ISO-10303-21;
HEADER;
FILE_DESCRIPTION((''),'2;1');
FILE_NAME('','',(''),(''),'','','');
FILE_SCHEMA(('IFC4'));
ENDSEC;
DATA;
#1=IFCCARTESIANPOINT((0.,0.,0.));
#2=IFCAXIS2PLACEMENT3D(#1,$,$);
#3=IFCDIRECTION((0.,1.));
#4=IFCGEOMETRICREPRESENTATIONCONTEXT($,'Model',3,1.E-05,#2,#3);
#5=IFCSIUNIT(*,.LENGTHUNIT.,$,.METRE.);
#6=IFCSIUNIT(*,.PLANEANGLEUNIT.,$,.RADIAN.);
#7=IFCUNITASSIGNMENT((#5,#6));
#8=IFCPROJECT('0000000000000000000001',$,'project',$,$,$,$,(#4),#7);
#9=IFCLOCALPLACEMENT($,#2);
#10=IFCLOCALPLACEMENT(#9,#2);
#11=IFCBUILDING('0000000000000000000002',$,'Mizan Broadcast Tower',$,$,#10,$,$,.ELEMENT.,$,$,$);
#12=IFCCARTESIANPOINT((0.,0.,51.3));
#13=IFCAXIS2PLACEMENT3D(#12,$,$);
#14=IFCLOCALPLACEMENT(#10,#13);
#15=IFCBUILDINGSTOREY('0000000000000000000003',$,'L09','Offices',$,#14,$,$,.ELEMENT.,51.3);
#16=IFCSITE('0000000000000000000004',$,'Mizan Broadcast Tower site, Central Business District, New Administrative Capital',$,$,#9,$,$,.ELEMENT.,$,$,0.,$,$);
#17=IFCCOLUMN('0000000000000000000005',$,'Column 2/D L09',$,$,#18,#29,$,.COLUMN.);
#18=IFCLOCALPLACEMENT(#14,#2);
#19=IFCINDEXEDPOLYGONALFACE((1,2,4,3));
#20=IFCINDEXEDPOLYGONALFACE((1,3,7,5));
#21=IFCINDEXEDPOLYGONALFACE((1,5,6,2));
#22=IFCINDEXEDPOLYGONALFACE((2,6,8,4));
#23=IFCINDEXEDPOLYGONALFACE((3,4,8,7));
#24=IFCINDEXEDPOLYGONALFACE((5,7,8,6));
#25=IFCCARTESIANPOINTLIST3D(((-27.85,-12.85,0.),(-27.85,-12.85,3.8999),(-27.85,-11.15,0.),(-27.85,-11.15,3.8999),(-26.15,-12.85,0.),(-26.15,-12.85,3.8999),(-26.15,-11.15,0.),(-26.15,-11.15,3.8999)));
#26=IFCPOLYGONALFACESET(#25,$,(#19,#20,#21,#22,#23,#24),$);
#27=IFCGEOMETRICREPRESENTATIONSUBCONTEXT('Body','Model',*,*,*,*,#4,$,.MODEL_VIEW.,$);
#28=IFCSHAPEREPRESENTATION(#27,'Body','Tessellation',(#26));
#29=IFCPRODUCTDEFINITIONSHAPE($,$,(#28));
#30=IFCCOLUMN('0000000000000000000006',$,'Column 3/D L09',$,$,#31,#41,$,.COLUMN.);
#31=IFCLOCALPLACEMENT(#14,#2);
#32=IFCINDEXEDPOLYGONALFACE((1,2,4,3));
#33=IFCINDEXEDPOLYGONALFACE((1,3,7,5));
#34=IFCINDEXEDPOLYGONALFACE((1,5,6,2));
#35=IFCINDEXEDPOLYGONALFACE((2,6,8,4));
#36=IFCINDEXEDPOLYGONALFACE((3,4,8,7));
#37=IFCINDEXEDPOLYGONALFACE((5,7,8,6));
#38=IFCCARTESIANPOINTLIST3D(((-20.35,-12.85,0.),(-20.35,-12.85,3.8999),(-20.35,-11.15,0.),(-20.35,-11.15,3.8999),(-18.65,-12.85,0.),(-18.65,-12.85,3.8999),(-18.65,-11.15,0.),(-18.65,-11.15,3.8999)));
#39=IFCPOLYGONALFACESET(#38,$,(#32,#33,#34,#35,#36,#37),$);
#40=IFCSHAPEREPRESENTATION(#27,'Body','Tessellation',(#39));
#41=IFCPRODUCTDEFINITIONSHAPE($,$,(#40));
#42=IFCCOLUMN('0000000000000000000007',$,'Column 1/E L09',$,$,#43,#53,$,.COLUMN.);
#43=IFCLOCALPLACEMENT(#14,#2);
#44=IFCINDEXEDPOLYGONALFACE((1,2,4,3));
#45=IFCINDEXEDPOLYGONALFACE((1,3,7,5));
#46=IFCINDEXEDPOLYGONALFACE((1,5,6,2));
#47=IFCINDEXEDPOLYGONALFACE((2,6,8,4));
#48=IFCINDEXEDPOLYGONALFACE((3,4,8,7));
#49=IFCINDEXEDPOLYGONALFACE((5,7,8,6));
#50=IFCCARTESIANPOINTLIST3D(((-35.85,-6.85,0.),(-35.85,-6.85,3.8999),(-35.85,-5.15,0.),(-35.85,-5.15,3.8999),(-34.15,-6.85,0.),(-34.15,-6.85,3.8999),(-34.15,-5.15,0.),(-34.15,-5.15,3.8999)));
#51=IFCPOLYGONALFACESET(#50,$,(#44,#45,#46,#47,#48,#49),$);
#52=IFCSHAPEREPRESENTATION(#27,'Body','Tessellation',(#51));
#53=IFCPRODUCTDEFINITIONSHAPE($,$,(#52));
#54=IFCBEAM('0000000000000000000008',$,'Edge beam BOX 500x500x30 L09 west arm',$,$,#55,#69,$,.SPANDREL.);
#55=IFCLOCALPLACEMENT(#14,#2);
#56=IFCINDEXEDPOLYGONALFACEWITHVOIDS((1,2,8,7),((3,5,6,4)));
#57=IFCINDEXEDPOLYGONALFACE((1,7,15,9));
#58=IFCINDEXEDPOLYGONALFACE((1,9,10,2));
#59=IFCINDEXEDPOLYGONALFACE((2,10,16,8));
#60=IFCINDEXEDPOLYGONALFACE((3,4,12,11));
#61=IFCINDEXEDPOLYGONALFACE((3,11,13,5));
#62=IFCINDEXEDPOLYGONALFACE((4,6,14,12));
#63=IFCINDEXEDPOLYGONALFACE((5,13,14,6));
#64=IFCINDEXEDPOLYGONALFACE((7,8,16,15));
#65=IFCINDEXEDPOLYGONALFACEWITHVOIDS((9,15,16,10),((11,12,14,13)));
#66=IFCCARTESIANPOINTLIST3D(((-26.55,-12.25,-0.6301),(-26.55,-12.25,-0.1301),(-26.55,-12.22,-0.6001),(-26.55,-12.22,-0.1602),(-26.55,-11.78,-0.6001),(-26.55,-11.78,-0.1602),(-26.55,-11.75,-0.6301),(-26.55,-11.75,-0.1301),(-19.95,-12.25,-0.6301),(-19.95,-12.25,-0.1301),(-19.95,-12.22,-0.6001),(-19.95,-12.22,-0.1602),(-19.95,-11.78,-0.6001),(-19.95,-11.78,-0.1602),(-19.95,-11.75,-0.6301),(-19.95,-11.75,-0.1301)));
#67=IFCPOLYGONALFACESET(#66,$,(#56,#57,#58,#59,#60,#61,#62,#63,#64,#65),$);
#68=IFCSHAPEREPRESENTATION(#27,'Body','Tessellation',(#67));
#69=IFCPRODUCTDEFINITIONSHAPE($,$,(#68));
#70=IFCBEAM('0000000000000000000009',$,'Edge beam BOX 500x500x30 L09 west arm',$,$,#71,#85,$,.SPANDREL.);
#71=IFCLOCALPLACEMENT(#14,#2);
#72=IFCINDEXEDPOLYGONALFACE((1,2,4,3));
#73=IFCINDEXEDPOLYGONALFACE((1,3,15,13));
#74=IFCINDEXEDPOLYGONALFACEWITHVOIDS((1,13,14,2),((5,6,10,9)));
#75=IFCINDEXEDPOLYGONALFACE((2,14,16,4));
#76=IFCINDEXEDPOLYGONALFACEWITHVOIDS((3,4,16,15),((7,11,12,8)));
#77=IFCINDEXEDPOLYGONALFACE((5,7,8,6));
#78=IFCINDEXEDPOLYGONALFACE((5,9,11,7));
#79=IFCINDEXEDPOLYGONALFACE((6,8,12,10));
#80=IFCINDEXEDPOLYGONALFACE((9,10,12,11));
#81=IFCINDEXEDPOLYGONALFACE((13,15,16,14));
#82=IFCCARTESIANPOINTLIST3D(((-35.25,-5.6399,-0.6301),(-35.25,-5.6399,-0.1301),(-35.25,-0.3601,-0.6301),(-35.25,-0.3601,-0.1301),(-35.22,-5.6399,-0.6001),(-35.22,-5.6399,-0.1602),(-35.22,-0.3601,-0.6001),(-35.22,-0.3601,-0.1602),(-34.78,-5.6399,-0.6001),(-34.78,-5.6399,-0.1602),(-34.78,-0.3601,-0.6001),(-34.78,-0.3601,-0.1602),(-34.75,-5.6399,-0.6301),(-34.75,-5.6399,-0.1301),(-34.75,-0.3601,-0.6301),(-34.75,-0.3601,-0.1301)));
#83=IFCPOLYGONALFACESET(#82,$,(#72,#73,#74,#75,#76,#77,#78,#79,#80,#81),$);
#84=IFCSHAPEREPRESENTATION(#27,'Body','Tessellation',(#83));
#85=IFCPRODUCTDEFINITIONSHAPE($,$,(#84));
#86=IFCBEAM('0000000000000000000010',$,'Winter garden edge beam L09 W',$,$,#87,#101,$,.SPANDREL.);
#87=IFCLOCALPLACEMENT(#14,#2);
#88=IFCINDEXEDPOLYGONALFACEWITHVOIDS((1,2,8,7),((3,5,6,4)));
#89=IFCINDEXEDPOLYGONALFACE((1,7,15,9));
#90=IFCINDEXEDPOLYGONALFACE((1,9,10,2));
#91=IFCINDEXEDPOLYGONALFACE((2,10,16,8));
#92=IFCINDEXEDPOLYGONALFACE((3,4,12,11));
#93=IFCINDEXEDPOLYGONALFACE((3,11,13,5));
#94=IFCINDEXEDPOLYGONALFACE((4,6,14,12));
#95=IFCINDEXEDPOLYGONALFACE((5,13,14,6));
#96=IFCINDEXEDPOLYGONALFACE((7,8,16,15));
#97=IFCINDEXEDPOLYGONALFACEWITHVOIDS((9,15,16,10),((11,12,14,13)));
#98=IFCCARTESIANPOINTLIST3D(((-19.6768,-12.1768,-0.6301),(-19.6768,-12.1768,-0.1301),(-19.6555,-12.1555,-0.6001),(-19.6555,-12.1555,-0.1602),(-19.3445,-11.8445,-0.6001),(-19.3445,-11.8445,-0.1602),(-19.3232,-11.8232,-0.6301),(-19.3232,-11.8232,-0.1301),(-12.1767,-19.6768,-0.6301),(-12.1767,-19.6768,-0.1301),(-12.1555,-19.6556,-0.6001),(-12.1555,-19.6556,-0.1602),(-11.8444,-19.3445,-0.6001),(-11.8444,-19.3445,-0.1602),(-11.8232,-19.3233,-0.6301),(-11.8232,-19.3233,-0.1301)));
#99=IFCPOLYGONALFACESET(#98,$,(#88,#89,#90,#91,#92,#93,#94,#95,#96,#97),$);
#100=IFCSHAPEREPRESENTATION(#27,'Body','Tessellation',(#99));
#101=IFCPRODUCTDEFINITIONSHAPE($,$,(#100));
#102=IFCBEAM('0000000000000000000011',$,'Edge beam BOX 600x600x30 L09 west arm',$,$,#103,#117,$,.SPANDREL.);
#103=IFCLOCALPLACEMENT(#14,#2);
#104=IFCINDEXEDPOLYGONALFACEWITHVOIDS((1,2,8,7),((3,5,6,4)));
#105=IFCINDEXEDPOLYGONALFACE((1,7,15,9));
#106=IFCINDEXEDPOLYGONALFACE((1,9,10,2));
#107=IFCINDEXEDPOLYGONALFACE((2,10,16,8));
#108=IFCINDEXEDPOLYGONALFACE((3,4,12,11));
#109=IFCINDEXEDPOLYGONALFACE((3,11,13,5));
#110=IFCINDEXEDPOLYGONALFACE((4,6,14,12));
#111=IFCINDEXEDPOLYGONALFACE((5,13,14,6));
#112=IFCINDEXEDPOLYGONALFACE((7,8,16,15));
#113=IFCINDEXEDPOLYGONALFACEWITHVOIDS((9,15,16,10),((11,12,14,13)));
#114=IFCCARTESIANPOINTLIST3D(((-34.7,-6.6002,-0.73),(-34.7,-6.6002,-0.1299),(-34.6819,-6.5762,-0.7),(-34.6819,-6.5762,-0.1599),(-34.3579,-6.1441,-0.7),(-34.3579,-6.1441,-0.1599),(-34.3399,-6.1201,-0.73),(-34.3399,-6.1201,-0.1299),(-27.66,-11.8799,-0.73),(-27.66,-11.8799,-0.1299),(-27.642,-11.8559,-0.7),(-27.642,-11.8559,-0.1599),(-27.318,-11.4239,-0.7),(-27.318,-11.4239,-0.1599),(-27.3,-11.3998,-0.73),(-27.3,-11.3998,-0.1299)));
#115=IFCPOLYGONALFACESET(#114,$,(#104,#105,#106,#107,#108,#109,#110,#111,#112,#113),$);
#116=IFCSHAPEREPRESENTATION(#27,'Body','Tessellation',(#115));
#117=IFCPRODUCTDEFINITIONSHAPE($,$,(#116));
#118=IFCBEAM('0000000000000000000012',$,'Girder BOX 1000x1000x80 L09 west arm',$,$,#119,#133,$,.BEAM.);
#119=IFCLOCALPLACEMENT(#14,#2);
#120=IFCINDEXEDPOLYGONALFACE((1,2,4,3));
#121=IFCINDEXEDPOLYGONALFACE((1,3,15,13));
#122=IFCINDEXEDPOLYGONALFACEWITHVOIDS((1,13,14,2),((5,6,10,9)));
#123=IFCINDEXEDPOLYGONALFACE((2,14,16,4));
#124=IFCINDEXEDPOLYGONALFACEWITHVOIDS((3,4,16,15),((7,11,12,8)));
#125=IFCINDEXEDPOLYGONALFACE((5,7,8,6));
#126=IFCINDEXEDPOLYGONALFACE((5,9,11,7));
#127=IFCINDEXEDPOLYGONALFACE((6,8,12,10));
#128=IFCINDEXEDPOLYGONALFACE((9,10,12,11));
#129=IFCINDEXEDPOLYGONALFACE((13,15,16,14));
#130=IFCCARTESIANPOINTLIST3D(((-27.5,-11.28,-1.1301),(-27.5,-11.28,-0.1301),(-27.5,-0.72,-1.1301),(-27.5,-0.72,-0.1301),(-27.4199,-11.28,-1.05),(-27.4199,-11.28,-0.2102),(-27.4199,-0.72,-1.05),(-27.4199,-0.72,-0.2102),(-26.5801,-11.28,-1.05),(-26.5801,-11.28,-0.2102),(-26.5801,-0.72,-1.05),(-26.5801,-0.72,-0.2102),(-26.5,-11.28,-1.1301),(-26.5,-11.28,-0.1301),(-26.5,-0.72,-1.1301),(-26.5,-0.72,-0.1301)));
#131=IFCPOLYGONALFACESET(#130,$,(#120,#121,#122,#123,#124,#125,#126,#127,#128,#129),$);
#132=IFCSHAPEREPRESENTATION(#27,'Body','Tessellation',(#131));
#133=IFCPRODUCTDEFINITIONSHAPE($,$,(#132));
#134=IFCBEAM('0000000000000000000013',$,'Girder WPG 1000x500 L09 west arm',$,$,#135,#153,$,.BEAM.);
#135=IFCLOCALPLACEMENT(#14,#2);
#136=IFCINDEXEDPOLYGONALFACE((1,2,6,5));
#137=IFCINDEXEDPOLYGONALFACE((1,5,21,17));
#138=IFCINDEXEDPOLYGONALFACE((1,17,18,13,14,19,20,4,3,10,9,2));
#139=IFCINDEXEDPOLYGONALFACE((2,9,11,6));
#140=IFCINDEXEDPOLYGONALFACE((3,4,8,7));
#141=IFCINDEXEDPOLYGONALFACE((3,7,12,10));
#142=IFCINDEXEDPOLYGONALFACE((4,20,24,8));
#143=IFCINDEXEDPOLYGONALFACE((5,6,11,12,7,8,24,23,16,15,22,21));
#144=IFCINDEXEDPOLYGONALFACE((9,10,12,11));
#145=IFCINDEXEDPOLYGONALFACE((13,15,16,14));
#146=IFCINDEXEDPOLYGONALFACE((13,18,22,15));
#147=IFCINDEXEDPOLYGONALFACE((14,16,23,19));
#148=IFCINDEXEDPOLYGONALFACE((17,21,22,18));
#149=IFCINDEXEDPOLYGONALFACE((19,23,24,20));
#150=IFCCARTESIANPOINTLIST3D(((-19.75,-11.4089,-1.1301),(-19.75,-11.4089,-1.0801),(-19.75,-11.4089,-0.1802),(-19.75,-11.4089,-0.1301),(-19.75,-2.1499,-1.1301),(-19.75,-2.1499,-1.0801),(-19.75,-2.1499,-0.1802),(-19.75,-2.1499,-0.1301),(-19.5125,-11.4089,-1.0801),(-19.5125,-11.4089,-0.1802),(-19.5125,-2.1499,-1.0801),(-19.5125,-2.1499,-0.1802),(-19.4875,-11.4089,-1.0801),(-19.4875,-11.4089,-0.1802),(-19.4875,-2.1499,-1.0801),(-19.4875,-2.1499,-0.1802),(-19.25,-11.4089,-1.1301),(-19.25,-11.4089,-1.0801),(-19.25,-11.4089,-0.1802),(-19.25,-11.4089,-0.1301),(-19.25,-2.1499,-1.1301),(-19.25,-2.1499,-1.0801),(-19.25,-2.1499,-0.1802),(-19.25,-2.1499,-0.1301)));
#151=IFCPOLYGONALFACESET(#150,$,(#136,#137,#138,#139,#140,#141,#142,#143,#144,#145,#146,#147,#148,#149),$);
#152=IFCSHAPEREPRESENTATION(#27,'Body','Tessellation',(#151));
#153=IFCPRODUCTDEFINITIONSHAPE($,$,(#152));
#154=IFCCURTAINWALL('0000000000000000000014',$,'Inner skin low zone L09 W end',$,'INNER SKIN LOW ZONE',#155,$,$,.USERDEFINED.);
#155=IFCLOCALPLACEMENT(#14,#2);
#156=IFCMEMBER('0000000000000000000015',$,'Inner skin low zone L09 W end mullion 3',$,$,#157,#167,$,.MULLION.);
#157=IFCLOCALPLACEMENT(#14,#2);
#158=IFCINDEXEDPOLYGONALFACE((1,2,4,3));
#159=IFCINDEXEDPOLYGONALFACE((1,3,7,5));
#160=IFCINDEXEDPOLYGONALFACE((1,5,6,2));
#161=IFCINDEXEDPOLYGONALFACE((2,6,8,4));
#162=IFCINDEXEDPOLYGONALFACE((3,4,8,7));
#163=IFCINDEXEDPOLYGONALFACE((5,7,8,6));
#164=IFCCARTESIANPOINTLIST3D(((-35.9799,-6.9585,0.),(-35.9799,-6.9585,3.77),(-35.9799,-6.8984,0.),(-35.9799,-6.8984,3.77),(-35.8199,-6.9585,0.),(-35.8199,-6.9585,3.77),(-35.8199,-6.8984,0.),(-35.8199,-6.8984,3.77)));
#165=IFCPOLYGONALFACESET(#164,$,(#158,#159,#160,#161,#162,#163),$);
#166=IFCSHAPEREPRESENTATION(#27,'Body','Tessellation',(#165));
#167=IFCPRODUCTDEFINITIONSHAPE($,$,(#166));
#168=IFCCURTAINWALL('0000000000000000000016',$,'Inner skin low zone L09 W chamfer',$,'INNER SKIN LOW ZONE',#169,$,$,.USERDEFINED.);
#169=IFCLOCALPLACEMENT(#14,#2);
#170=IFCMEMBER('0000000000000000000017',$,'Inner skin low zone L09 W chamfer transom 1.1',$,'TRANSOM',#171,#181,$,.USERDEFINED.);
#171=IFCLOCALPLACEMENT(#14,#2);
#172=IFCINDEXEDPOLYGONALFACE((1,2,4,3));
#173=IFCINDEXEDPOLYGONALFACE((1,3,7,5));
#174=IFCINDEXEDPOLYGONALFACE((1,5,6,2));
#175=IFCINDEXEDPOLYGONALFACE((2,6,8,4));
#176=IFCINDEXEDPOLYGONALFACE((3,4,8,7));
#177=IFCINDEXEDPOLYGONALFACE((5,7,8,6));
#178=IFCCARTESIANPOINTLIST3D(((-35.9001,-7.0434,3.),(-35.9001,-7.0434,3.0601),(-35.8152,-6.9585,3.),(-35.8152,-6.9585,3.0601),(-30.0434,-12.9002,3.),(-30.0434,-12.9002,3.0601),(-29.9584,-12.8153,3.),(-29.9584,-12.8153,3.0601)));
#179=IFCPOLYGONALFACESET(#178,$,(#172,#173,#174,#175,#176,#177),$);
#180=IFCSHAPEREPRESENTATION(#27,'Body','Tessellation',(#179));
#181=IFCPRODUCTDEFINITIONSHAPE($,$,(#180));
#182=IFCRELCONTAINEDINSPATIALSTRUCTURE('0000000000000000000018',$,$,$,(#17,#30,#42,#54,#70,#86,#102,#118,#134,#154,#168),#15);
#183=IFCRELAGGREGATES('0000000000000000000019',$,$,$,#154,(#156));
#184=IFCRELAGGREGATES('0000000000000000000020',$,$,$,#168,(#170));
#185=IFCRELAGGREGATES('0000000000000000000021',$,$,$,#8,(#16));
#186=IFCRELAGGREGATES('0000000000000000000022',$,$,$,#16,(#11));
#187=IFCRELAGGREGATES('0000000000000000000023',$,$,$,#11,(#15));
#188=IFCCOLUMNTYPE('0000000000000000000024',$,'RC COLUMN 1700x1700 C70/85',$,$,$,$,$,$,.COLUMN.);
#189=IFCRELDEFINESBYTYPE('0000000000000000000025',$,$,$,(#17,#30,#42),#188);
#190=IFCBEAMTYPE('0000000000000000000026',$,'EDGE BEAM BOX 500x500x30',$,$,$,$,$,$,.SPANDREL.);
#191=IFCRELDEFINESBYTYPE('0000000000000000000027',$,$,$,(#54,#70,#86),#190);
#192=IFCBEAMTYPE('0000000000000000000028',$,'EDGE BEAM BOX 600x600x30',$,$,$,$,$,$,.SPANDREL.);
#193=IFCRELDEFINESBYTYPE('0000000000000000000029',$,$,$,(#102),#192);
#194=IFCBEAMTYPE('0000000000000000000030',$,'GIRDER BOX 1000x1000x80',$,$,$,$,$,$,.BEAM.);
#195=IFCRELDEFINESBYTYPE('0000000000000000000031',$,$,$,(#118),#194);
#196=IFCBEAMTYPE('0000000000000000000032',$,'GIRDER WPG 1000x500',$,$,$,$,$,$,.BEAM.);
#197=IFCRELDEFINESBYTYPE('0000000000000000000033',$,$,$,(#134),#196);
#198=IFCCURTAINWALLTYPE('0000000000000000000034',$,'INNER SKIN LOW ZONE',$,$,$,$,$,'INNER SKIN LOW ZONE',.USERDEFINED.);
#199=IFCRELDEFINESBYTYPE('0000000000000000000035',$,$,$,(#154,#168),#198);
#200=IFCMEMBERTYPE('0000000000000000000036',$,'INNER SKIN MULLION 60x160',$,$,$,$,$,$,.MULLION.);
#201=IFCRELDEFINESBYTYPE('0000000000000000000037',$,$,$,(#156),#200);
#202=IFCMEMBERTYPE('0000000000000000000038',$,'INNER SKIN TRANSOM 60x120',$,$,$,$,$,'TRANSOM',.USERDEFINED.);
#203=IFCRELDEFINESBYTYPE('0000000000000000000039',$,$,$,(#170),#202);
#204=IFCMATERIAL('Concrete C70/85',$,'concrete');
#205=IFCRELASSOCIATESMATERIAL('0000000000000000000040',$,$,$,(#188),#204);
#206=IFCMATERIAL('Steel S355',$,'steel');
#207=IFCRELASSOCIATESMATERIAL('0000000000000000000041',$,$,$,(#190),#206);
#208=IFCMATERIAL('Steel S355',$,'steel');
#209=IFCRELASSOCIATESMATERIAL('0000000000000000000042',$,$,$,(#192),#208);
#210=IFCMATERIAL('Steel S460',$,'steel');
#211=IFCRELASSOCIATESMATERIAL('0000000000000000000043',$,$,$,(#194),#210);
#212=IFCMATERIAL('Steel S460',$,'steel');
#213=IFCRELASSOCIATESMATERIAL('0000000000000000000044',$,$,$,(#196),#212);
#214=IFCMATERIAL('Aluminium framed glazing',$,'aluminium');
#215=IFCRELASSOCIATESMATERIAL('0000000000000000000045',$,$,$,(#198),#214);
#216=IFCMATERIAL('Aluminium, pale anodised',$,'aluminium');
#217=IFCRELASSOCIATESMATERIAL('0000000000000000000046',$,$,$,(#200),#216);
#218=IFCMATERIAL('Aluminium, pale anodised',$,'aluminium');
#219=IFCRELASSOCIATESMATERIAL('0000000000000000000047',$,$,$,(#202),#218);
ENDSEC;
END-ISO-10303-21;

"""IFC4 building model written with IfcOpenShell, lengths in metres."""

from ifc_helpers import new_model, si_unit, direction, frame, origin, origin_2d, place, context, subcontext, project, spatial, rectangle, hollow_rectangle, i_section, extrude, material, material_profile, profile_set, type_object, element, aggregate, save


model = new_model("IFC4")

# Units and contexts
model_context = context("Model", 3, precision=1e-05, world=origin(), true_north=direction((0.0, 1.0)))
body_context = subcontext(model_context, "Body", "Model", "MODEL_VIEW")
ifc_project = project(units=[si_unit("LENGTHUNIT", "METRE"), si_unit("PLANEANGLEUNIT", "RADIAN")], contexts=[model_context])

# Site, building, storey
site_placement = place(None, origin())
site = spatial("IfcSite", under=ifc_project, at=site_placement, Name="Mizan Broadcast Tower site, Central Business District, New Administrative Capital", CompositionType="ELEMENT", RefElevation=0.0)
building_placement = place(site_placement, origin())
building = spatial("IfcBuilding", under=site, at=building_placement, Name="Mizan Broadcast Tower", CompositionType="ELEMENT")
storey_placement = place(building_placement, frame((0.0, 0.0, 51.3)))
storey = spatial("IfcBuildingStorey", under=building, at=storey_placement, Name="L09", Description="Offices", CompositionType="ELEMENT", Elevation=51.3)

# Columns
ifc_material_1 = material(Name="Concrete C70/85", Category="concrete")
ifc_material_profile_1 = material_profile(ifc_material_1, rectangle(XDim=1.7, YDim=1.7, at=origin_2d()), Name="RC 1700x1700")
ifc_profile_set_1 = profile_set([ifc_material_profile_1], Name="Concrete C70/85")
column_type = type_object("IfcColumnType", Name="RC COLUMN 1700x1700 C70/85", PredefinedType="COLUMN", material=ifc_profile_set_1)
for number, where, z_axis, x_axis, name in (
    (1, (-27.0, -12.0, 0.0), (0.0, 0.0, 1.0), (1.0, 0.0, 0.0), "Column 2/D L09"),
    (2, (-19.5, -12.0, 0.0), (0.0, 0.0, 1.0), (1.0, 0.0, 0.0), "Column 3/D L09"),
    (3, (-35.0, -6.0, 0.0), (0.0, 0.0, 1.0), (1.0, 0.0, 0.0), "Column 1/E L09"),
):
    element("IfcColumn", number, at=place(storey_placement, frame(where, z_axis=z_axis, x_axis=x_axis)), inside=storey, type_object=column_type, Name=name, PredefinedType="COLUMN", context=body_context, shape_type="SweptSolid", body=[
        extrude(rectangle(XDim=1.7, YDim=1.7, at=origin_2d()), origin(), (0.0, 0.0, 1.0), 3.8999),
    ])

# Beams
ifc_material_2 = material(Name="Steel S355", Category="steel")
ifc_material_profile_2 = material_profile(ifc_material_2, hollow_rectangle(XDim=0.5, YDim=0.5, WallThickness=0.03, at=origin_2d()), Name="BOX 500x500x30")
ifc_profile_set_2 = profile_set([ifc_material_profile_2], Name="Steel S355")
beam_type_1 = type_object("IfcBeamType", Name="EDGE BEAM BOX 500x500x30", PredefinedType="SPANDREL", material=ifc_profile_set_2)
beam_1_placement = place(storey_placement, frame((-19.95, -12.0, -0.3801), z_axis=(-1.0, 0.0, 0.0), x_axis=(0.0, -1.0, 0.0)))
element("IfcBeam", 4, at=beam_1_placement, inside=storey, type_object=beam_type_1, Name="Edge beam BOX 500x500x30 L09 west arm", PredefinedType="SPANDREL", context=body_context, shape_type="SweptSolid", body=[
    extrude(hollow_rectangle(XDim=0.5, YDim=0.5, WallThickness=0.03, at=origin_2d()), origin(), (0.0, 0.0, 1.0), 6.6001),
])
beam_2_placement = place(storey_placement, frame((-35.0, -5.6399, -0.3801), z_axis=(0.0, 1.0, 0.0), x_axis=(-1.0, 0.0, 0.0)))
element("IfcBeam", 5, at=beam_2_placement, inside=storey, type_object=beam_type_1, Name="Edge beam BOX 500x500x30 L09 west arm", PredefinedType="SPANDREL", context=body_context, shape_type="SweptSolid", body=[
    extrude(hollow_rectangle(XDim=0.5, YDim=0.5, WallThickness=0.03, at=origin_2d()), origin(), (0.0, 0.0, 1.0), 5.2798),
])
beam_3_placement = place(storey_placement, frame((-19.5, -12.0, -0.3801), z_axis=(0.707107, -0.707107, 0.0), x_axis=(0.707107, 0.707107, 0.0)))
element("IfcBeam", 6, at=beam_3_placement, inside=storey, type_object=beam_type_1, Name="Winter garden edge beam L09 W", PredefinedType="SPANDREL", context=body_context, shape_type="SweptSolid", body=[
    extrude(hollow_rectangle(XDim=0.5, YDim=0.5, WallThickness=0.03, at=origin_2d()), origin(), (0.0, 0.0, 1.0), 10.6067),
])
ifc_material_3 = material(Name="Steel S355", Category="steel")
ifc_material_profile_3 = material_profile(ifc_material_3, hollow_rectangle(XDim=0.6001, YDim=0.6001, WallThickness=0.03, at=origin_2d()), Name="BOX 600x600x30")
ifc_profile_set_3 = profile_set([ifc_material_profile_3], Name="Steel S355")
beam_type_2 = type_object("IfcBeamType", Name="EDGE BEAM BOX 600x600x30", PredefinedType="SPANDREL", material=ifc_profile_set_3)
beam_4_placement = place(storey_placement, frame((-27.48, -11.6399, -0.4299), z_axis=(-0.800013, 0.599982, 0.0), x_axis=(-0.599982, -0.800013, 0.0)))
element("IfcBeam", 7, at=beam_4_placement, inside=storey, type_object=beam_type_2, Name="Edge beam BOX 600x600x30 L09 west arm", PredefinedType="SPANDREL", context=body_context, shape_type="SweptSolid", body=[
    extrude(hollow_rectangle(XDim=0.6001, YDim=0.6001, WallThickness=0.03, at=origin_2d()), origin(), (0.0, 0.0, 1.0), 8.7998),
])
ifc_material_4 = material(Name="Steel S460", Category="steel")
ifc_material_profile_4 = material_profile(ifc_material_4, hollow_rectangle(XDim=1.0, YDim=1.0, WallThickness=0.0801, at=origin_2d()), Name="BOX 1000x1000x80")
ifc_profile_set_4 = profile_set([ifc_material_profile_4], Name="Steel S460")
beam_type_3 = type_object("IfcBeamType", Name="GIRDER BOX 1000x1000x80", PredefinedType="BEAM", material=ifc_profile_set_4)
beam_5_placement = place(storey_placement, frame((-27.0, -11.28, -0.6301), z_axis=(0.0, 1.0, 0.0), x_axis=(-1.0, 0.0, 0.0)))
element("IfcBeam", 8, at=beam_5_placement, inside=storey, type_object=beam_type_3, Name="Girder BOX 1000x1000x80 L09 west arm", PredefinedType="BEAM", context=body_context, shape_type="SweptSolid", body=[
    extrude(hollow_rectangle(XDim=1.0, YDim=1.0, WallThickness=0.0801, at=origin_2d()), origin(), (0.0, 0.0, 1.0), 10.5601),
])
ifc_material_5 = material(Name="Steel S460", Category="steel")
ifc_material_profile_5 = material_profile(ifc_material_5, i_section(OverallWidth=0.5, OverallDepth=1.0, WebThickness=0.0249, FlangeThickness=0.05, at=origin_2d()), Name="WPG 1000x500")
ifc_profile_set_5 = profile_set([ifc_material_profile_5], Name="Steel S460")
beam_type_4 = type_object("IfcBeamType", Name="GIRDER WPG 1000x500", PredefinedType="BEAM", material=ifc_profile_set_5)
beam_6_placement = place(storey_placement, frame((-19.5, -11.4089, -0.6301), z_axis=(0.0, 1.0, 0.0), x_axis=(-1.0, 0.0, 0.0)))
element("IfcBeam", 9, at=beam_6_placement, inside=storey, type_object=beam_type_4, Name="Girder WPG 1000x500 L09 west arm", PredefinedType="BEAM", context=body_context, shape_type="SweptSolid", body=[
    extrude(i_section(OverallWidth=0.5, OverallDepth=1.0, WebThickness=0.0249, FlangeThickness=0.05, at=origin_2d()), origin(), (0.0, 0.0, 1.0), 9.259),
])

# Curtain walls, members
ifc_material_6 = material(Name="Aluminium framed glazing", Category="aluminium")
curtain_wall_type_1 = type_object("IfcCurtainWallType", Name="INNER SKIN LOW ZONE", ElementType="INNER SKIN LOW ZONE", PredefinedType="USERDEFINED", material=ifc_material_6)
curtain_wall_1_placement = place(storey_placement, origin())
curtain_wall_1 = element("IfcCurtainWall", 10, at=curtain_wall_1_placement, inside=storey, type_object=curtain_wall_type_1, Name="Inner skin low zone L09 W end", ObjectType="INNER SKIN LOW ZONE", PredefinedType="USERDEFINED")
ifc_material_7 = material(Name="Aluminium, pale anodised", Category="aluminium")
ifc_material_profile_6 = material_profile(ifc_material_7, rectangle(XDim=0.1599, YDim=0.0601, at=origin_2d()), Name="MULLION 160x60")
ifc_profile_set_6 = profile_set([ifc_material_profile_6], Name="Aluminium, pale anodised")
member_type_1 = type_object("IfcMemberType", Name="INNER SKIN MULLION 60x160", PredefinedType="MULLION", material=ifc_profile_set_6)
member_1_placement = place(storey_placement, frame((-35.8999, -6.9285, 0.0), z_axis=(0.0, 0.0, 1.0), x_axis=(1.0, 0.0, 0.0)))
member_1 = element("IfcMember", 11, at=member_1_placement, type_object=member_type_1, Name="Inner skin low zone L09 W end mullion 3", PredefinedType="MULLION", context=body_context, shape_type="SweptSolid", body=[
    extrude(rectangle(XDim=0.1599, YDim=0.0601, at=origin_2d()), origin(), (0.0, 0.0, 1.0), 3.77),
])
curtain_wall_2_placement = place(storey_placement, origin())
curtain_wall_2 = element("IfcCurtainWall", 12, at=curtain_wall_2_placement, inside=storey, type_object=curtain_wall_type_1, Name="Inner skin low zone L09 W chamfer", ObjectType="INNER SKIN LOW ZONE", PredefinedType="USERDEFINED")
ifc_material_8 = material(Name="Aluminium, pale anodised", Category="aluminium")
ifc_material_profile_7 = material_profile(ifc_material_8, rectangle(XDim=0.1201, YDim=0.0601, at=origin_2d()), Name="TRANSOM 120x60")
ifc_profile_set_7 = profile_set([ifc_material_profile_7], Name="Aluminium, pale anodised")
member_type_2 = type_object("IfcMemberType", Name="INNER SKIN TRANSOM 60x120", ElementType="TRANSOM", PredefinedType="USERDEFINED", material=ifc_profile_set_7)
member_2_placement = place(storey_placement, frame((-35.8577, -7.001, 3.03), z_axis=(0.707107, -0.707107, 0.0), x_axis=(0.707107, 0.707107, 0.0)))
member_2 = element("IfcMember", 13, at=member_2_placement, type_object=member_type_2, Name="Inner skin low zone L09 W chamfer transom 1.1", ObjectType="TRANSOM", PredefinedType="USERDEFINED", context=body_context, shape_type="SweptSolid", body=[
    extrude(rectangle(XDim=0.1201, YDim=0.0601, at=origin_2d()), origin(), (0.0, 0.0, 1.0), 8.2827),
])

aggregate(curtain_wall_1, [member_1])
aggregate(curtain_wall_2, [member_2])

save(model, "model.ifc")
